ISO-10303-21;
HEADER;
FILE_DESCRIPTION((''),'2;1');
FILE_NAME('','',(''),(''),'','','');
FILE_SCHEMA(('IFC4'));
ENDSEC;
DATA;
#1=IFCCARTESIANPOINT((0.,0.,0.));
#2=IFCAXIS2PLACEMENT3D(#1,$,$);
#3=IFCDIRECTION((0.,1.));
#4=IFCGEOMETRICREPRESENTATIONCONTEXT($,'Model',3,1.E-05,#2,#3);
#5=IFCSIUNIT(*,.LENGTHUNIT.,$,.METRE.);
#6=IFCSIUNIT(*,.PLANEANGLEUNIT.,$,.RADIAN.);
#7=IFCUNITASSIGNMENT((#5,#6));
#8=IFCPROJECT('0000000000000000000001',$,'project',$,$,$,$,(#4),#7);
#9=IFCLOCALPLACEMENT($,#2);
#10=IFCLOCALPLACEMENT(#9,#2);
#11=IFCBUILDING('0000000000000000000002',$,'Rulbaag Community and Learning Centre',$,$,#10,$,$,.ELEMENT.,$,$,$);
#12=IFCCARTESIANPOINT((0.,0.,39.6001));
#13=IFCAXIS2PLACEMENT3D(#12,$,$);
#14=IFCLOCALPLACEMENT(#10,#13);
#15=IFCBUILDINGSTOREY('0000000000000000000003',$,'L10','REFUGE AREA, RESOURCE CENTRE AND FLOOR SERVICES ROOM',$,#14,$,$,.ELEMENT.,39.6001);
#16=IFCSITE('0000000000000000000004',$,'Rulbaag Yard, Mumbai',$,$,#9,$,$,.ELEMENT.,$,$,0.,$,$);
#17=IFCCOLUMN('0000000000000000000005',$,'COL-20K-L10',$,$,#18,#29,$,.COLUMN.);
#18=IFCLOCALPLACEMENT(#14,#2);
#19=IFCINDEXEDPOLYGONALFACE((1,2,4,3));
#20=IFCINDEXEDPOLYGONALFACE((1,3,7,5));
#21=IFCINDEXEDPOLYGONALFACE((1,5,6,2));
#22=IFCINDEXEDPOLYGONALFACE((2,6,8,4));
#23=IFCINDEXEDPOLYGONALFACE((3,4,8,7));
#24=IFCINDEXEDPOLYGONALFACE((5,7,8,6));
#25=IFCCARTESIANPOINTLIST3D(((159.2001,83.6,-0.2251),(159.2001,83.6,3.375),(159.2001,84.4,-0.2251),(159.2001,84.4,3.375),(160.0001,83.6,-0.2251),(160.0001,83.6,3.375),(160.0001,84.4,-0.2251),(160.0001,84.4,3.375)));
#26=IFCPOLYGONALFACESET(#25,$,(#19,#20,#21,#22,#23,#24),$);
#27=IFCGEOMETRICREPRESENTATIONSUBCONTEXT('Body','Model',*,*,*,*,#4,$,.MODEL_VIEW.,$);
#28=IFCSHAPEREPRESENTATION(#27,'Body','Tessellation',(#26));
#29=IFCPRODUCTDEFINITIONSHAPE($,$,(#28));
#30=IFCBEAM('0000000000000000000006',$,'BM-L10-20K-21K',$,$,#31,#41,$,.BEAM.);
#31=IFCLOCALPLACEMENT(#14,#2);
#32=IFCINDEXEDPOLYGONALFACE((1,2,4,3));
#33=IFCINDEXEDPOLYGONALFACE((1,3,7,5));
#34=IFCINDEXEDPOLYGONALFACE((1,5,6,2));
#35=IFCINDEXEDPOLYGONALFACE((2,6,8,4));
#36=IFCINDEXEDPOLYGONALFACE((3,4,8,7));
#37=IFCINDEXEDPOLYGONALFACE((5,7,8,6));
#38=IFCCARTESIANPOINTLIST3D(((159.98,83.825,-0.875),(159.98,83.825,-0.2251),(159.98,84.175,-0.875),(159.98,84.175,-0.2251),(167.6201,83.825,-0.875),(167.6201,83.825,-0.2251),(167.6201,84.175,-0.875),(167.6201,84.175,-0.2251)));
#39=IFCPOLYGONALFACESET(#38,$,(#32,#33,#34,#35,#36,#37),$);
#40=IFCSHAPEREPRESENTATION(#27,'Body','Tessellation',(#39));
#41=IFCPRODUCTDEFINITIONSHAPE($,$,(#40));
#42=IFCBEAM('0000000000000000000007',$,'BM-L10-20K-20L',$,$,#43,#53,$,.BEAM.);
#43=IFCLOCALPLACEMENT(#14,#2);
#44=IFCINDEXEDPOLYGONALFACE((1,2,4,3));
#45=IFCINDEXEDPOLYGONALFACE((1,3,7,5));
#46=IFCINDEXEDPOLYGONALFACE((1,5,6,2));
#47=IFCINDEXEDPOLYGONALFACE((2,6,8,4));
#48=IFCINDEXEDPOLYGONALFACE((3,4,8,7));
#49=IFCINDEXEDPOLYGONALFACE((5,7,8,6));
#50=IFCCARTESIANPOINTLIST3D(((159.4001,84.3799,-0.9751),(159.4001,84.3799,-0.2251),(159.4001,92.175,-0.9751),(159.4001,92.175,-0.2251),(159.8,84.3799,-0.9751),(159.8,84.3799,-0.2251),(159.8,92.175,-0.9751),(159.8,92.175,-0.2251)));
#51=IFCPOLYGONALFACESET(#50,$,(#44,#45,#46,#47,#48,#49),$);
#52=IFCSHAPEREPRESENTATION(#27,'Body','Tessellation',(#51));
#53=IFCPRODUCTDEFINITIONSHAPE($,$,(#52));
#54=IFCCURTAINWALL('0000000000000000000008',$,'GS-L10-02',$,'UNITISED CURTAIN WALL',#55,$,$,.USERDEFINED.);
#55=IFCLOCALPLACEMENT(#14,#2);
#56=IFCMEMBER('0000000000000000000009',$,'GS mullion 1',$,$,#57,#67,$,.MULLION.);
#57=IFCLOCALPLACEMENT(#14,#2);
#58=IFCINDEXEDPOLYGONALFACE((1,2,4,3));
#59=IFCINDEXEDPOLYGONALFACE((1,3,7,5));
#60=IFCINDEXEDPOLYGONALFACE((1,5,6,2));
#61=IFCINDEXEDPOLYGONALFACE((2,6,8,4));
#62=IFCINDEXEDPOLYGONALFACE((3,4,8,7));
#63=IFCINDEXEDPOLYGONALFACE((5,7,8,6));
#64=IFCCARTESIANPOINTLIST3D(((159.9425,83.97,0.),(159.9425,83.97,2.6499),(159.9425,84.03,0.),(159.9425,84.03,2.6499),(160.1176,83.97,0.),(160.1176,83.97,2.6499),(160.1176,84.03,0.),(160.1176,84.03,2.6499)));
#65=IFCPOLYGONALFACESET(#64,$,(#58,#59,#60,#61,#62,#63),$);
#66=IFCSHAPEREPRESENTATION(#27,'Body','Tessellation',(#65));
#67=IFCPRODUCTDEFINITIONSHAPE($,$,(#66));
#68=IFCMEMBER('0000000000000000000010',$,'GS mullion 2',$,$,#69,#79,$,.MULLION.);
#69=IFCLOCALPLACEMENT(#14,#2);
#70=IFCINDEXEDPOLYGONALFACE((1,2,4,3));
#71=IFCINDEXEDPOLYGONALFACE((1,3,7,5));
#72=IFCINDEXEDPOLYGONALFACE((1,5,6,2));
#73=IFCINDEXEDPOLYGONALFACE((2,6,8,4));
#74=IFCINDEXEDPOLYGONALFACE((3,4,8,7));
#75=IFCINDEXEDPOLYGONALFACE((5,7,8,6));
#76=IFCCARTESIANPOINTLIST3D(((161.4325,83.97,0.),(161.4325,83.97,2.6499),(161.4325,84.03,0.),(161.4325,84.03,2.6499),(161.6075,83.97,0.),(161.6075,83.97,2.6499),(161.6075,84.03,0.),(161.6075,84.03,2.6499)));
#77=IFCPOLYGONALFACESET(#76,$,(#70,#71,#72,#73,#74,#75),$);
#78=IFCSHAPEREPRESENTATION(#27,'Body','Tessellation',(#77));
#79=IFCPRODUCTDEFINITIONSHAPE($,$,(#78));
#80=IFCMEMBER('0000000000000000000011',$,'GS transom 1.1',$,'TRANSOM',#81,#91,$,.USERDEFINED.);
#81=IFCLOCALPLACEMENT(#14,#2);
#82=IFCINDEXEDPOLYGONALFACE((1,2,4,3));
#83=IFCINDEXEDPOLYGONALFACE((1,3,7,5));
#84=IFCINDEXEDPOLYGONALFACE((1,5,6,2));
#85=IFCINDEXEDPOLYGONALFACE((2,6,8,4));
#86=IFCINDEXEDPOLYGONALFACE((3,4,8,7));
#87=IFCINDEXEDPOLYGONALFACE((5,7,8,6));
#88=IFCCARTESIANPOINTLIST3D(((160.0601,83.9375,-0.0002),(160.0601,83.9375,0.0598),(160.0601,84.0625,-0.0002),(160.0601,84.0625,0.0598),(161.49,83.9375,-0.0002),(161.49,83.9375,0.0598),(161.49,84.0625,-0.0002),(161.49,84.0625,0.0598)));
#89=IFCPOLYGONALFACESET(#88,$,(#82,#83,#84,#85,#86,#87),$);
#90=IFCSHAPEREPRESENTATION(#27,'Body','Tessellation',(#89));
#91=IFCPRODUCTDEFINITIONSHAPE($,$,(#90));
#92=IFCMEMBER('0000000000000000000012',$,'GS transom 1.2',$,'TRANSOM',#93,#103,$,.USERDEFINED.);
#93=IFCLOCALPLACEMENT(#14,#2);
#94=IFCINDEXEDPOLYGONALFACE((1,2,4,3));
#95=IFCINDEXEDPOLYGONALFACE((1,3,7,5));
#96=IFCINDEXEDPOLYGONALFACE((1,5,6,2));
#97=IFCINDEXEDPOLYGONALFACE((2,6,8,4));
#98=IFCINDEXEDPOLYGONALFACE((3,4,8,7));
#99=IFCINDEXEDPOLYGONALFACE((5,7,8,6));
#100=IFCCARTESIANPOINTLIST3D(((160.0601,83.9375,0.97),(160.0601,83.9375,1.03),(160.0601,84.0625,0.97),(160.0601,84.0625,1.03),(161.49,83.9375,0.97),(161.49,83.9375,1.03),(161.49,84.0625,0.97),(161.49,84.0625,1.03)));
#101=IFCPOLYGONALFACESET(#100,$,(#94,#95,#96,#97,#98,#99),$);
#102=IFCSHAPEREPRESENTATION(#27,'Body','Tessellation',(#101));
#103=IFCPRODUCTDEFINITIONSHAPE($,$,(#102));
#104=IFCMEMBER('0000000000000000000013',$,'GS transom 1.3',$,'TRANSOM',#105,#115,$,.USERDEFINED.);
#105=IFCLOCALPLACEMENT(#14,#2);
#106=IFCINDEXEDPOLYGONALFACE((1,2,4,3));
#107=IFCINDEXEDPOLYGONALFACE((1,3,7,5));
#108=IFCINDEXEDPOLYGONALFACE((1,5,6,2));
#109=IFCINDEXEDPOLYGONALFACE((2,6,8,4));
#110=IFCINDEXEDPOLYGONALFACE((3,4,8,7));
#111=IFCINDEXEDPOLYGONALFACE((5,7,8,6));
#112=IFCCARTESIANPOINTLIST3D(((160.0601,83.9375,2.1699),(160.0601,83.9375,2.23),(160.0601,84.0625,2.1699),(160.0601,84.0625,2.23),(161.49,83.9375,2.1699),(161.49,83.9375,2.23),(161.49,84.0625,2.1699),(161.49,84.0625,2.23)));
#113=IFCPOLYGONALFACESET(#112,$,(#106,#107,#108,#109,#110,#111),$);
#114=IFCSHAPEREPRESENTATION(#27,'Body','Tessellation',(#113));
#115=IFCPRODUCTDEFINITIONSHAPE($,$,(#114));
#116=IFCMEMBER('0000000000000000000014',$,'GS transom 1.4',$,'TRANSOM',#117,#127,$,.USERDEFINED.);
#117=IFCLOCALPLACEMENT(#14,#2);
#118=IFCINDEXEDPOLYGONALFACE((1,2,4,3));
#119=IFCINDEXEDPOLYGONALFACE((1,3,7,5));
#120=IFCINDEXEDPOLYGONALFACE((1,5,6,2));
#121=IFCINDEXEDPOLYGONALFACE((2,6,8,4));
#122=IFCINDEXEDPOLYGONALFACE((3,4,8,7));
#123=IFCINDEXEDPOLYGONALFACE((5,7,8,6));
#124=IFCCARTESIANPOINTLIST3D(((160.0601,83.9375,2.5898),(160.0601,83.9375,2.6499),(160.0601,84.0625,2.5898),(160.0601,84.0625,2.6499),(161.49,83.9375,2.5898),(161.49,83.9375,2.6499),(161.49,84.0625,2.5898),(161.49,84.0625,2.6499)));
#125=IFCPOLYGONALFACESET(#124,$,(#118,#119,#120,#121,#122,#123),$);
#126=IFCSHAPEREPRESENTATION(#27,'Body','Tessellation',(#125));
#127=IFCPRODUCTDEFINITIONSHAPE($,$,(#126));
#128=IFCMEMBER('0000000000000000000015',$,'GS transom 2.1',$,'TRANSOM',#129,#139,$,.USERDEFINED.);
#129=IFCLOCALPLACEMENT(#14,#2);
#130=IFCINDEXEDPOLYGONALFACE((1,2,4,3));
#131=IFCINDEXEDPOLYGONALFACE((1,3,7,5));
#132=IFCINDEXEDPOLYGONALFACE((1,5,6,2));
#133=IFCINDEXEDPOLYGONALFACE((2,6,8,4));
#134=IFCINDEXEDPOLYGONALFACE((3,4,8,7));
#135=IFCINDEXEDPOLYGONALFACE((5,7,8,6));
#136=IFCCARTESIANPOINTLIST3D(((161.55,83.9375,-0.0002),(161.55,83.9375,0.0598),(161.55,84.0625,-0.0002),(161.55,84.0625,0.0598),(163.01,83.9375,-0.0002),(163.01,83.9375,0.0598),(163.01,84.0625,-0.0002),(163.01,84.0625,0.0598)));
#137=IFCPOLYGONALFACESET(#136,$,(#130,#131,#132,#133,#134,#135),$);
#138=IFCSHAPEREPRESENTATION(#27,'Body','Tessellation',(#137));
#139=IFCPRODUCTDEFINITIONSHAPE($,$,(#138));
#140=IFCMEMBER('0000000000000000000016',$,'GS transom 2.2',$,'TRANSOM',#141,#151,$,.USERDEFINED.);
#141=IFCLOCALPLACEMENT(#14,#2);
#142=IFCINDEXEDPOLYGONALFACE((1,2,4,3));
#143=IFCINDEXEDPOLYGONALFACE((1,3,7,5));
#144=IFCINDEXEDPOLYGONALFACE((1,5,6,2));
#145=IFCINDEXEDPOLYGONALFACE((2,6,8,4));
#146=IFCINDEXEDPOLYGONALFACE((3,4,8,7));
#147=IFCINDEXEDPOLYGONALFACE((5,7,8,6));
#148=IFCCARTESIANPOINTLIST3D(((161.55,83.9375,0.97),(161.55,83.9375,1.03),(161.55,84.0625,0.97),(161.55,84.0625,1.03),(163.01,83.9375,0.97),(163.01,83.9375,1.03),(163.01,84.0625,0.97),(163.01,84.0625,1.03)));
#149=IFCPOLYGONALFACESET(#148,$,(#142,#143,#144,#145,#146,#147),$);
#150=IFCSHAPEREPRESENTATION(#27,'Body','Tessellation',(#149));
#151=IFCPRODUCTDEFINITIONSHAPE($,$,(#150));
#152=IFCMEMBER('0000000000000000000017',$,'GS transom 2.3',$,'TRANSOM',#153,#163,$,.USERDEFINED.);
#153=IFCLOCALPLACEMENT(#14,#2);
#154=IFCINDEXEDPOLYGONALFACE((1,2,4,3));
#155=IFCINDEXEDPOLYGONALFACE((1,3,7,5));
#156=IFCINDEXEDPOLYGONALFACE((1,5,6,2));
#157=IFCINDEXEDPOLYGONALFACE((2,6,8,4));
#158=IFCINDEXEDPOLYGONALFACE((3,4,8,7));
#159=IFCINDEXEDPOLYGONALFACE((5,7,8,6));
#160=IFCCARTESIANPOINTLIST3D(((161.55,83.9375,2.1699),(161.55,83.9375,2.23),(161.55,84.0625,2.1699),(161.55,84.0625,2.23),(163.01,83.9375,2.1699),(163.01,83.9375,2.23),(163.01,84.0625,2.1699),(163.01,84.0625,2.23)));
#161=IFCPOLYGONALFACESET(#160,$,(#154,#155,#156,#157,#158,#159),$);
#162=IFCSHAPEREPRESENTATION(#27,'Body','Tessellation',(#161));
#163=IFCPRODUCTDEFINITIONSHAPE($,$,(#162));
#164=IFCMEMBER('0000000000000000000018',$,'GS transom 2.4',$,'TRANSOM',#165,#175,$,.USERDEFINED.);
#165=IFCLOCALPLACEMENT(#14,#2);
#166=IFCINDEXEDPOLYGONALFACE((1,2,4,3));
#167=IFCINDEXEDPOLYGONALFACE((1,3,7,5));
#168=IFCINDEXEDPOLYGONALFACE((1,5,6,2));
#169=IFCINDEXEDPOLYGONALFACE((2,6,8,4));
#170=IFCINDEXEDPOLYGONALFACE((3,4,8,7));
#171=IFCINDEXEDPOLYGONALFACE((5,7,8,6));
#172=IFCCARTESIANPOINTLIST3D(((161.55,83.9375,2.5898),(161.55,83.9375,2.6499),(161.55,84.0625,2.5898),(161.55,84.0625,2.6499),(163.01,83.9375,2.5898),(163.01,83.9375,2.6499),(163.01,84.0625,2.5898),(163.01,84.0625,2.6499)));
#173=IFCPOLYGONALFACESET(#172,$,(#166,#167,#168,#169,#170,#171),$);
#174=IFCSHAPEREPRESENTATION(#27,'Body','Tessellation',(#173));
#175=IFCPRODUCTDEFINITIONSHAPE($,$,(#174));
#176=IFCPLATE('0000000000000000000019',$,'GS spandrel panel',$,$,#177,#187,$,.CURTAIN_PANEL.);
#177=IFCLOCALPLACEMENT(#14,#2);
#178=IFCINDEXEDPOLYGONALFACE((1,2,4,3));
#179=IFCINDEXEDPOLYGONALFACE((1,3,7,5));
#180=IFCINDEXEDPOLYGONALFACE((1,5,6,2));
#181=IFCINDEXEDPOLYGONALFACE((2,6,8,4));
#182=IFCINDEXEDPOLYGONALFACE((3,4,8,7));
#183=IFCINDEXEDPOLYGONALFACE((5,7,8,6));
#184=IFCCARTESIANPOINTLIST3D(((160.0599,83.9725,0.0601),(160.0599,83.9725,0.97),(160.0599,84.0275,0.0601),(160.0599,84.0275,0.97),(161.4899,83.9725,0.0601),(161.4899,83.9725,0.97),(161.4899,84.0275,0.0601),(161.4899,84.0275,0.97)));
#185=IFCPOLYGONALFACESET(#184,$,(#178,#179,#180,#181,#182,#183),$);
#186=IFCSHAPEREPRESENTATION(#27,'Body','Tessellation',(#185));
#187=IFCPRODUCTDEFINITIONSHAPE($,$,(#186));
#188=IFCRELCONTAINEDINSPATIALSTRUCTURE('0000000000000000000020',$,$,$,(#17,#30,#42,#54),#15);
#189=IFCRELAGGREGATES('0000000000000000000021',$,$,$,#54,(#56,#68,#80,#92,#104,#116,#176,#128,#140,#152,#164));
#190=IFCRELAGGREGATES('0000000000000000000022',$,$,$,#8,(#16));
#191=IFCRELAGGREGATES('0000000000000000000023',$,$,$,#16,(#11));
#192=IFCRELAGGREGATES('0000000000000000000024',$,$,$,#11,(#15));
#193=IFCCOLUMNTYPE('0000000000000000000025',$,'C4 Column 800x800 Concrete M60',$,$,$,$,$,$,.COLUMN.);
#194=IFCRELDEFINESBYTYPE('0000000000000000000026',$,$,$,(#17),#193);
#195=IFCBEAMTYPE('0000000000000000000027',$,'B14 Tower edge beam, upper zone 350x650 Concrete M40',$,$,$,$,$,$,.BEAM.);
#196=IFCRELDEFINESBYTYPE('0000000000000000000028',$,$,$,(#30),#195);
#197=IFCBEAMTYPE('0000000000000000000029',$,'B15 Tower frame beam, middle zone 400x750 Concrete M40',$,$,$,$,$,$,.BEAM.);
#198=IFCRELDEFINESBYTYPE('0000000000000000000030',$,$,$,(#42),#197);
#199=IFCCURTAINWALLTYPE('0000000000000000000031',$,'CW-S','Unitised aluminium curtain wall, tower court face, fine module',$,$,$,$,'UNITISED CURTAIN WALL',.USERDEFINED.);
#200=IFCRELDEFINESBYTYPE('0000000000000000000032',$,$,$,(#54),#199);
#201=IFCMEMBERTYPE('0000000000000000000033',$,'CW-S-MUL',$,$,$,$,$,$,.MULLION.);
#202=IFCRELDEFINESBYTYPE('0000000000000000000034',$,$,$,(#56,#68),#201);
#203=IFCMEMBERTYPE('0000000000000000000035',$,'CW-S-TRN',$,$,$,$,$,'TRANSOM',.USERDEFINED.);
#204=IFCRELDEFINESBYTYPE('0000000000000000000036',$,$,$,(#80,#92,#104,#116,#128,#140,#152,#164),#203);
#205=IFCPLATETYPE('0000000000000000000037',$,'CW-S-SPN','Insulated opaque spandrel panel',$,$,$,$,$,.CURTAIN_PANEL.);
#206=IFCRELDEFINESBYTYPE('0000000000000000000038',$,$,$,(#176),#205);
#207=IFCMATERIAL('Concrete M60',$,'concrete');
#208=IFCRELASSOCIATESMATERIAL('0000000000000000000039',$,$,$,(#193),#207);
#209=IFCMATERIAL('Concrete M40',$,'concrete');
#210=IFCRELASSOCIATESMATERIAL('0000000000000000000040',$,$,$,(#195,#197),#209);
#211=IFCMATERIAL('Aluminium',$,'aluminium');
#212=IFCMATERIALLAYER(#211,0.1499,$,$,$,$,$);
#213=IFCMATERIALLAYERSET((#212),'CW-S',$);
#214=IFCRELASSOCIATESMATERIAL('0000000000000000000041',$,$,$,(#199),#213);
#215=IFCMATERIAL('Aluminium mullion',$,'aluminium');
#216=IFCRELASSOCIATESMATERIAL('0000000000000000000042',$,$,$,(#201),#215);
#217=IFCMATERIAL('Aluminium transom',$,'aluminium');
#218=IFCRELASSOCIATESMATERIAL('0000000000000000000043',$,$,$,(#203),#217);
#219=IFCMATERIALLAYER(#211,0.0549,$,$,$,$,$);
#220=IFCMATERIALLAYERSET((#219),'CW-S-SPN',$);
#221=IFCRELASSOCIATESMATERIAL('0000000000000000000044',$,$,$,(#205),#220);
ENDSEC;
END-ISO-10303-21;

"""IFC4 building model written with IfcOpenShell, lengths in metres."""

from ifc_helpers import new_model, si_unit, direction, frame, origin, origin_2d, place, context, subcontext, project, spatial, rectangle, extrude, material, layer, layer_set, material_profile, profile_set, type_object, element, aggregate, save


model = new_model("IFC4")

# Units and contexts
model_context = context("Model", 3, precision=1e-05, world=origin(), true_north=direction((0.0, 1.0)))
body_context = subcontext(model_context, "Body", "Model", "MODEL_VIEW")
ifc_project = project(units=[si_unit("LENGTHUNIT", "METRE"), si_unit("PLANEANGLEUNIT", "RADIAN")], contexts=[model_context])

# Site, building, storey
site_placement = place(None, origin())
site = spatial("IfcSite", under=ifc_project, at=site_placement, Name="Rulbaag Yard, Mumbai", CompositionType="ELEMENT", RefElevation=0.0)
building_placement = place(site_placement, origin())
building = spatial("IfcBuilding", under=site, at=building_placement, Name="Rulbaag Community and Learning Centre", CompositionType="ELEMENT")
storey_placement = place(building_placement, frame((0.0, 0.0, 39.6001)))
storey = spatial("IfcBuildingStorey", under=building, at=storey_placement, Name="L10", Description="REFUGE AREA, RESOURCE CENTRE AND FLOOR SERVICES ROOM", CompositionType="ELEMENT", Elevation=39.6001)

# Column
ifc_material_1 = material(Name="Concrete M60", Category="concrete")
ifc_material_profile_1 = material_profile(ifc_material_1, rectangle(XDim=0.8, YDim=0.8, at=origin_2d()), Name="RC800x800")
ifc_profile_set_1 = profile_set([ifc_material_profile_1], Name="Concrete M60")
column_type = type_object("IfcColumnType", Name="C4 Column 800x800 Concrete M60", PredefinedType="COLUMN", material=ifc_profile_set_1)
column_placement = place(storey_placement, frame((159.6001, 84.0, -0.2251), z_axis=(0.0, 0.0, 1.0), x_axis=(1.0, 0.0, 0.0)))
element("IfcColumn", 1, at=column_placement, inside=storey, type_object=column_type, Name="COL-20K-L10", PredefinedType="COLUMN", context=body_context, shape_type="SweptSolid", body=[
    extrude(rectangle(XDim=0.8, YDim=0.8, at=origin_2d()), origin(), (0.0, 0.0, 1.0), 3.6001),
])

# Beams
ifc_material_2 = material(Name="Concrete M40", Category="concrete")
ifc_material_profile_2 = material_profile(ifc_material_2, rectangle(XDim=0.3501, YDim=0.6499, at=origin_2d()), Name="RB350x650")
ifc_profile_set_2 = profile_set([ifc_material_profile_2], Name="Concrete M40")
beam_type_1 = type_object("IfcBeamType", Name="B14 Tower edge beam, upper zone 350x650 Concrete M40", PredefinedType="BEAM", material=ifc_profile_set_2)
beam_1_placement = place(storey_placement, frame((159.98, 84.0, -0.55), z_axis=(1.0, 0.0, 0.0), x_axis=(0.0, 1.0, 0.0)))
element("IfcBeam", 2, at=beam_1_placement, inside=storey, type_object=beam_type_1, Name="BM-L10-20K-21K", PredefinedType="BEAM", context=body_context, shape_type="SweptSolid", body=[
    extrude(rectangle(XDim=0.3501, YDim=0.6499, at=origin_2d()), origin(), (0.0, 0.0, 1.0), 7.6401),
])
ifc_material_profile_3 = material_profile(ifc_material_2, rectangle(XDim=0.3999, YDim=0.75, at=origin_2d()), Name="RB400x750")
ifc_profile_set_3 = profile_set([ifc_material_profile_3], Name="Concrete M40")
beam_type_2 = type_object("IfcBeamType", Name="B15 Tower frame beam, middle zone 400x750 Concrete M40", PredefinedType="BEAM", material=ifc_profile_set_3)
beam_2_placement = place(storey_placement, frame((159.6001, 84.3799, -0.6001), z_axis=(0.0, 1.0, 0.0), x_axis=(-1.0, 0.0, 0.0)))
element("IfcBeam", 3, at=beam_2_placement, inside=storey, type_object=beam_type_2, Name="BM-L10-20K-20L", PredefinedType="BEAM", context=body_context, shape_type="SweptSolid", body=[
    extrude(rectangle(XDim=0.3999, YDim=0.75, at=origin_2d()), origin(), (0.0, 0.0, 1.0), 7.7952),
])

# Curtain wall, members, plate
ifc_material_3 = material(Name="Aluminium", Category="aluminium")
ifc_layer_1 = layer(ifc_material_3, 0.1499)
ifc_layer_set_1 = layer_set([ifc_layer_1], Name="CW-S")
curtain_wall_type = type_object("IfcCurtainWallType", Name="CW-S", Description="Unitised aluminium curtain wall, tower court face, fine module", ElementType="UNITISED CURTAIN WALL", PredefinedType="USERDEFINED", material=ifc_layer_set_1)
curtain_wall_placement = place(storey_placement, origin())
curtain_wall = element("IfcCurtainWall", 4, at=curtain_wall_placement, inside=storey, type_object=curtain_wall_type, Name="GS-L10-02", ObjectType="UNITISED CURTAIN WALL", PredefinedType="USERDEFINED")
ifc_material_4 = material(Name="Aluminium mullion", Category="aluminium")
ifc_material_profile_4 = material_profile(ifc_material_4, rectangle(XDim=0.0601, YDim=0.175, at=origin_2d()), Name="AL 60x175")
ifc_profile_set_4 = profile_set([ifc_material_profile_4], Name="Aluminium mullion")
member_type_1 = type_object("IfcMemberType", Name="CW-S-MUL", PredefinedType="MULLION", material=ifc_profile_set_4)
member_1_placement = place(storey_placement, frame((160.03, 84.0, 0.0), z_axis=(0.0, 0.0, 1.0), x_axis=(0.0, 1.0, 0.0)))
member_1 = element("IfcMember", 5, at=member_1_placement, type_object=member_type_1, Name="GS mullion 1", PredefinedType="MULLION", context=body_context, shape_type="SweptSolid", body=[
    extrude(rectangle(XDim=0.0601, YDim=0.175, at=origin_2d()), origin(), (0.0, 0.0, 1.0), 2.6499),
])
member_2_placement = place(storey_placement, frame((161.52, 84.0, 0.0), z_axis=(0.0, 0.0, 1.0), x_axis=(0.0, 1.0, 0.0)))
member_2 = element("IfcMember", 6, at=member_2_placement, type_object=member_type_1, Name="GS mullion 2", PredefinedType="MULLION", context=body_context, shape_type="SweptSolid", body=[
    extrude(rectangle(XDim=0.0601, YDim=0.175, at=origin_2d()), origin(), (0.0, 0.0, 1.0), 2.6499),
])
ifc_material_5 = material(Name="Aluminium transom", Category="aluminium")
ifc_material_profile_5 = material_profile(ifc_material_5, rectangle(XDim=0.125, YDim=0.0601, at=origin_2d()), Name="AL 60x125 T")
ifc_profile_set_5 = profile_set([ifc_material_profile_5], Name="Aluminium transom")
member_type_2 = type_object("IfcMemberType", Name="CW-S-TRN", ElementType="TRANSOM", PredefinedType="USERDEFINED", material=ifc_profile_set_5)
member_3_placement = place(storey_placement, frame((160.0601, 84.0, 0.0298), z_axis=(1.0, 0.0, 0.0), x_axis=(0.0, 1.0, 0.0)))
member_3 = element("IfcMember", 7, at=member_3_placement, type_object=member_type_2, Name="GS transom 1.1", ObjectType="TRANSOM", PredefinedType="USERDEFINED", context=body_context, shape_type="SweptSolid", body=[
    extrude(rectangle(XDim=0.125, YDim=0.0601, at=origin_2d()), origin(), (0.0, 0.0, 1.0), 1.4299),
])
member_4_placement = place(storey_placement, frame((160.0601, 84.0, 1.0), z_axis=(1.0, 0.0, 0.0), x_axis=(0.0, 1.0, 0.0)))
member_4 = element("IfcMember", 8, at=member_4_placement, type_object=member_type_2, Name="GS transom 1.2", ObjectType="TRANSOM", PredefinedType="USERDEFINED", context=body_context, shape_type="SweptSolid", body=[
    extrude(rectangle(XDim=0.125, YDim=0.0601, at=origin_2d()), origin(), (0.0, 0.0, 1.0), 1.4299),
])
member_5_placement = place(storey_placement, frame((160.0601, 84.0, 2.2), z_axis=(1.0, 0.0, 0.0), x_axis=(0.0, 1.0, 0.0)))
member_5 = element("IfcMember", 9, at=member_5_placement, type_object=member_type_2, Name="GS transom 1.3", ObjectType="TRANSOM", PredefinedType="USERDEFINED", context=body_context, shape_type="SweptSolid", body=[
    extrude(rectangle(XDim=0.125, YDim=0.0601, at=origin_2d()), origin(), (0.0, 0.0, 1.0), 1.4299),
])
member_6_placement = place(storey_placement, frame((160.0601, 84.0, 2.6199), z_axis=(1.0, 0.0, 0.0), x_axis=(0.0, 1.0, 0.0)))
member_6 = element("IfcMember", 10, at=member_6_placement, type_object=member_type_2, Name="GS transom 1.4", ObjectType="TRANSOM", PredefinedType="USERDEFINED", context=body_context, shape_type="SweptSolid", body=[
    extrude(rectangle(XDim=0.125, YDim=0.0601, at=origin_2d()), origin(), (0.0, 0.0, 1.0), 1.4299),
])
member_7_placement = place(storey_placement, frame((161.55, 84.0, 0.0298), z_axis=(1.0, 0.0, 0.0), x_axis=(0.0, 1.0, 0.0)))
member_7 = element("IfcMember", 11, at=member_7_placement, type_object=member_type_2, Name="GS transom 2.1", ObjectType="TRANSOM", PredefinedType="USERDEFINED", context=body_context, shape_type="SweptSolid", body=[
    extrude(rectangle(XDim=0.125, YDim=0.0601, at=origin_2d()), origin(), (0.0, 0.0, 1.0), 1.46),
])
member_8_placement = place(storey_placement, frame((161.55, 84.0, 1.0), z_axis=(1.0, 0.0, 0.0), x_axis=(0.0, 1.0, 0.0)))
member_8 = element("IfcMember", 12, at=member_8_placement, type_object=member_type_2, Name="GS transom 2.2", ObjectType="TRANSOM", PredefinedType="USERDEFINED", context=body_context, shape_type="SweptSolid", body=[
    extrude(rectangle(XDim=0.125, YDim=0.0601, at=origin_2d()), origin(), (0.0, 0.0, 1.0), 1.46),
])
member_9_placement = place(storey_placement, frame((161.55, 84.0, 2.2), z_axis=(1.0, 0.0, 0.0), x_axis=(0.0, 1.0, 0.0)))
member_9 = element("IfcMember", 13, at=member_9_placement, type_object=member_type_2, Name="GS transom 2.3", ObjectType="TRANSOM", PredefinedType="USERDEFINED", context=body_context, shape_type="SweptSolid", body=[
    extrude(rectangle(XDim=0.125, YDim=0.0601, at=origin_2d()), origin(), (0.0, 0.0, 1.0), 1.46),
])
member_10_placement = place(storey_placement, frame((161.55, 84.0, 2.6199), z_axis=(1.0, 0.0, 0.0), x_axis=(0.0, 1.0, 0.0)))
member_10 = element("IfcMember", 14, at=member_10_placement, type_object=member_type_2, Name="GS transom 2.4", ObjectType="TRANSOM", PredefinedType="USERDEFINED", context=body_context, shape_type="SweptSolid", body=[
    extrude(rectangle(XDim=0.125, YDim=0.0601, at=origin_2d()), origin(), (0.0, 0.0, 1.0), 1.46),
])
ifc_layer_2 = layer(ifc_material_3, 0.0549)
ifc_layer_set_2 = layer_set([ifc_layer_2], Name="CW-S-SPN")
plate_type_1 = type_object("IfcPlateType", Name="CW-S-SPN", Description="Insulated opaque spandrel panel", PredefinedType="CURTAIN_PANEL", material=ifc_layer_set_2)
plate_1_placement = place(storey_placement, frame((160.7749, 84.0, 0.0601), z_axis=(0.0, 0.0, 1.0), x_axis=(1.0, 0.0, 0.0)))
plate_1 = element("IfcPlate", 15, at=plate_1_placement, type_object=plate_type_1, Name="GS spandrel panel", PredefinedType="CURTAIN_PANEL", context=body_context, shape_type="SweptSolid", body=[
    extrude(rectangle(XDim=1.4299, YDim=0.0549, at=origin_2d()), origin(), (0.0, 0.0, 1.0), 0.9099),
])
aggregate(curtain_wall, [member_1, member_2, member_3, member_4, member_5, member_6, plate_1, member_7, member_8, member_9, member_10])

save(model, "model.ifc")
